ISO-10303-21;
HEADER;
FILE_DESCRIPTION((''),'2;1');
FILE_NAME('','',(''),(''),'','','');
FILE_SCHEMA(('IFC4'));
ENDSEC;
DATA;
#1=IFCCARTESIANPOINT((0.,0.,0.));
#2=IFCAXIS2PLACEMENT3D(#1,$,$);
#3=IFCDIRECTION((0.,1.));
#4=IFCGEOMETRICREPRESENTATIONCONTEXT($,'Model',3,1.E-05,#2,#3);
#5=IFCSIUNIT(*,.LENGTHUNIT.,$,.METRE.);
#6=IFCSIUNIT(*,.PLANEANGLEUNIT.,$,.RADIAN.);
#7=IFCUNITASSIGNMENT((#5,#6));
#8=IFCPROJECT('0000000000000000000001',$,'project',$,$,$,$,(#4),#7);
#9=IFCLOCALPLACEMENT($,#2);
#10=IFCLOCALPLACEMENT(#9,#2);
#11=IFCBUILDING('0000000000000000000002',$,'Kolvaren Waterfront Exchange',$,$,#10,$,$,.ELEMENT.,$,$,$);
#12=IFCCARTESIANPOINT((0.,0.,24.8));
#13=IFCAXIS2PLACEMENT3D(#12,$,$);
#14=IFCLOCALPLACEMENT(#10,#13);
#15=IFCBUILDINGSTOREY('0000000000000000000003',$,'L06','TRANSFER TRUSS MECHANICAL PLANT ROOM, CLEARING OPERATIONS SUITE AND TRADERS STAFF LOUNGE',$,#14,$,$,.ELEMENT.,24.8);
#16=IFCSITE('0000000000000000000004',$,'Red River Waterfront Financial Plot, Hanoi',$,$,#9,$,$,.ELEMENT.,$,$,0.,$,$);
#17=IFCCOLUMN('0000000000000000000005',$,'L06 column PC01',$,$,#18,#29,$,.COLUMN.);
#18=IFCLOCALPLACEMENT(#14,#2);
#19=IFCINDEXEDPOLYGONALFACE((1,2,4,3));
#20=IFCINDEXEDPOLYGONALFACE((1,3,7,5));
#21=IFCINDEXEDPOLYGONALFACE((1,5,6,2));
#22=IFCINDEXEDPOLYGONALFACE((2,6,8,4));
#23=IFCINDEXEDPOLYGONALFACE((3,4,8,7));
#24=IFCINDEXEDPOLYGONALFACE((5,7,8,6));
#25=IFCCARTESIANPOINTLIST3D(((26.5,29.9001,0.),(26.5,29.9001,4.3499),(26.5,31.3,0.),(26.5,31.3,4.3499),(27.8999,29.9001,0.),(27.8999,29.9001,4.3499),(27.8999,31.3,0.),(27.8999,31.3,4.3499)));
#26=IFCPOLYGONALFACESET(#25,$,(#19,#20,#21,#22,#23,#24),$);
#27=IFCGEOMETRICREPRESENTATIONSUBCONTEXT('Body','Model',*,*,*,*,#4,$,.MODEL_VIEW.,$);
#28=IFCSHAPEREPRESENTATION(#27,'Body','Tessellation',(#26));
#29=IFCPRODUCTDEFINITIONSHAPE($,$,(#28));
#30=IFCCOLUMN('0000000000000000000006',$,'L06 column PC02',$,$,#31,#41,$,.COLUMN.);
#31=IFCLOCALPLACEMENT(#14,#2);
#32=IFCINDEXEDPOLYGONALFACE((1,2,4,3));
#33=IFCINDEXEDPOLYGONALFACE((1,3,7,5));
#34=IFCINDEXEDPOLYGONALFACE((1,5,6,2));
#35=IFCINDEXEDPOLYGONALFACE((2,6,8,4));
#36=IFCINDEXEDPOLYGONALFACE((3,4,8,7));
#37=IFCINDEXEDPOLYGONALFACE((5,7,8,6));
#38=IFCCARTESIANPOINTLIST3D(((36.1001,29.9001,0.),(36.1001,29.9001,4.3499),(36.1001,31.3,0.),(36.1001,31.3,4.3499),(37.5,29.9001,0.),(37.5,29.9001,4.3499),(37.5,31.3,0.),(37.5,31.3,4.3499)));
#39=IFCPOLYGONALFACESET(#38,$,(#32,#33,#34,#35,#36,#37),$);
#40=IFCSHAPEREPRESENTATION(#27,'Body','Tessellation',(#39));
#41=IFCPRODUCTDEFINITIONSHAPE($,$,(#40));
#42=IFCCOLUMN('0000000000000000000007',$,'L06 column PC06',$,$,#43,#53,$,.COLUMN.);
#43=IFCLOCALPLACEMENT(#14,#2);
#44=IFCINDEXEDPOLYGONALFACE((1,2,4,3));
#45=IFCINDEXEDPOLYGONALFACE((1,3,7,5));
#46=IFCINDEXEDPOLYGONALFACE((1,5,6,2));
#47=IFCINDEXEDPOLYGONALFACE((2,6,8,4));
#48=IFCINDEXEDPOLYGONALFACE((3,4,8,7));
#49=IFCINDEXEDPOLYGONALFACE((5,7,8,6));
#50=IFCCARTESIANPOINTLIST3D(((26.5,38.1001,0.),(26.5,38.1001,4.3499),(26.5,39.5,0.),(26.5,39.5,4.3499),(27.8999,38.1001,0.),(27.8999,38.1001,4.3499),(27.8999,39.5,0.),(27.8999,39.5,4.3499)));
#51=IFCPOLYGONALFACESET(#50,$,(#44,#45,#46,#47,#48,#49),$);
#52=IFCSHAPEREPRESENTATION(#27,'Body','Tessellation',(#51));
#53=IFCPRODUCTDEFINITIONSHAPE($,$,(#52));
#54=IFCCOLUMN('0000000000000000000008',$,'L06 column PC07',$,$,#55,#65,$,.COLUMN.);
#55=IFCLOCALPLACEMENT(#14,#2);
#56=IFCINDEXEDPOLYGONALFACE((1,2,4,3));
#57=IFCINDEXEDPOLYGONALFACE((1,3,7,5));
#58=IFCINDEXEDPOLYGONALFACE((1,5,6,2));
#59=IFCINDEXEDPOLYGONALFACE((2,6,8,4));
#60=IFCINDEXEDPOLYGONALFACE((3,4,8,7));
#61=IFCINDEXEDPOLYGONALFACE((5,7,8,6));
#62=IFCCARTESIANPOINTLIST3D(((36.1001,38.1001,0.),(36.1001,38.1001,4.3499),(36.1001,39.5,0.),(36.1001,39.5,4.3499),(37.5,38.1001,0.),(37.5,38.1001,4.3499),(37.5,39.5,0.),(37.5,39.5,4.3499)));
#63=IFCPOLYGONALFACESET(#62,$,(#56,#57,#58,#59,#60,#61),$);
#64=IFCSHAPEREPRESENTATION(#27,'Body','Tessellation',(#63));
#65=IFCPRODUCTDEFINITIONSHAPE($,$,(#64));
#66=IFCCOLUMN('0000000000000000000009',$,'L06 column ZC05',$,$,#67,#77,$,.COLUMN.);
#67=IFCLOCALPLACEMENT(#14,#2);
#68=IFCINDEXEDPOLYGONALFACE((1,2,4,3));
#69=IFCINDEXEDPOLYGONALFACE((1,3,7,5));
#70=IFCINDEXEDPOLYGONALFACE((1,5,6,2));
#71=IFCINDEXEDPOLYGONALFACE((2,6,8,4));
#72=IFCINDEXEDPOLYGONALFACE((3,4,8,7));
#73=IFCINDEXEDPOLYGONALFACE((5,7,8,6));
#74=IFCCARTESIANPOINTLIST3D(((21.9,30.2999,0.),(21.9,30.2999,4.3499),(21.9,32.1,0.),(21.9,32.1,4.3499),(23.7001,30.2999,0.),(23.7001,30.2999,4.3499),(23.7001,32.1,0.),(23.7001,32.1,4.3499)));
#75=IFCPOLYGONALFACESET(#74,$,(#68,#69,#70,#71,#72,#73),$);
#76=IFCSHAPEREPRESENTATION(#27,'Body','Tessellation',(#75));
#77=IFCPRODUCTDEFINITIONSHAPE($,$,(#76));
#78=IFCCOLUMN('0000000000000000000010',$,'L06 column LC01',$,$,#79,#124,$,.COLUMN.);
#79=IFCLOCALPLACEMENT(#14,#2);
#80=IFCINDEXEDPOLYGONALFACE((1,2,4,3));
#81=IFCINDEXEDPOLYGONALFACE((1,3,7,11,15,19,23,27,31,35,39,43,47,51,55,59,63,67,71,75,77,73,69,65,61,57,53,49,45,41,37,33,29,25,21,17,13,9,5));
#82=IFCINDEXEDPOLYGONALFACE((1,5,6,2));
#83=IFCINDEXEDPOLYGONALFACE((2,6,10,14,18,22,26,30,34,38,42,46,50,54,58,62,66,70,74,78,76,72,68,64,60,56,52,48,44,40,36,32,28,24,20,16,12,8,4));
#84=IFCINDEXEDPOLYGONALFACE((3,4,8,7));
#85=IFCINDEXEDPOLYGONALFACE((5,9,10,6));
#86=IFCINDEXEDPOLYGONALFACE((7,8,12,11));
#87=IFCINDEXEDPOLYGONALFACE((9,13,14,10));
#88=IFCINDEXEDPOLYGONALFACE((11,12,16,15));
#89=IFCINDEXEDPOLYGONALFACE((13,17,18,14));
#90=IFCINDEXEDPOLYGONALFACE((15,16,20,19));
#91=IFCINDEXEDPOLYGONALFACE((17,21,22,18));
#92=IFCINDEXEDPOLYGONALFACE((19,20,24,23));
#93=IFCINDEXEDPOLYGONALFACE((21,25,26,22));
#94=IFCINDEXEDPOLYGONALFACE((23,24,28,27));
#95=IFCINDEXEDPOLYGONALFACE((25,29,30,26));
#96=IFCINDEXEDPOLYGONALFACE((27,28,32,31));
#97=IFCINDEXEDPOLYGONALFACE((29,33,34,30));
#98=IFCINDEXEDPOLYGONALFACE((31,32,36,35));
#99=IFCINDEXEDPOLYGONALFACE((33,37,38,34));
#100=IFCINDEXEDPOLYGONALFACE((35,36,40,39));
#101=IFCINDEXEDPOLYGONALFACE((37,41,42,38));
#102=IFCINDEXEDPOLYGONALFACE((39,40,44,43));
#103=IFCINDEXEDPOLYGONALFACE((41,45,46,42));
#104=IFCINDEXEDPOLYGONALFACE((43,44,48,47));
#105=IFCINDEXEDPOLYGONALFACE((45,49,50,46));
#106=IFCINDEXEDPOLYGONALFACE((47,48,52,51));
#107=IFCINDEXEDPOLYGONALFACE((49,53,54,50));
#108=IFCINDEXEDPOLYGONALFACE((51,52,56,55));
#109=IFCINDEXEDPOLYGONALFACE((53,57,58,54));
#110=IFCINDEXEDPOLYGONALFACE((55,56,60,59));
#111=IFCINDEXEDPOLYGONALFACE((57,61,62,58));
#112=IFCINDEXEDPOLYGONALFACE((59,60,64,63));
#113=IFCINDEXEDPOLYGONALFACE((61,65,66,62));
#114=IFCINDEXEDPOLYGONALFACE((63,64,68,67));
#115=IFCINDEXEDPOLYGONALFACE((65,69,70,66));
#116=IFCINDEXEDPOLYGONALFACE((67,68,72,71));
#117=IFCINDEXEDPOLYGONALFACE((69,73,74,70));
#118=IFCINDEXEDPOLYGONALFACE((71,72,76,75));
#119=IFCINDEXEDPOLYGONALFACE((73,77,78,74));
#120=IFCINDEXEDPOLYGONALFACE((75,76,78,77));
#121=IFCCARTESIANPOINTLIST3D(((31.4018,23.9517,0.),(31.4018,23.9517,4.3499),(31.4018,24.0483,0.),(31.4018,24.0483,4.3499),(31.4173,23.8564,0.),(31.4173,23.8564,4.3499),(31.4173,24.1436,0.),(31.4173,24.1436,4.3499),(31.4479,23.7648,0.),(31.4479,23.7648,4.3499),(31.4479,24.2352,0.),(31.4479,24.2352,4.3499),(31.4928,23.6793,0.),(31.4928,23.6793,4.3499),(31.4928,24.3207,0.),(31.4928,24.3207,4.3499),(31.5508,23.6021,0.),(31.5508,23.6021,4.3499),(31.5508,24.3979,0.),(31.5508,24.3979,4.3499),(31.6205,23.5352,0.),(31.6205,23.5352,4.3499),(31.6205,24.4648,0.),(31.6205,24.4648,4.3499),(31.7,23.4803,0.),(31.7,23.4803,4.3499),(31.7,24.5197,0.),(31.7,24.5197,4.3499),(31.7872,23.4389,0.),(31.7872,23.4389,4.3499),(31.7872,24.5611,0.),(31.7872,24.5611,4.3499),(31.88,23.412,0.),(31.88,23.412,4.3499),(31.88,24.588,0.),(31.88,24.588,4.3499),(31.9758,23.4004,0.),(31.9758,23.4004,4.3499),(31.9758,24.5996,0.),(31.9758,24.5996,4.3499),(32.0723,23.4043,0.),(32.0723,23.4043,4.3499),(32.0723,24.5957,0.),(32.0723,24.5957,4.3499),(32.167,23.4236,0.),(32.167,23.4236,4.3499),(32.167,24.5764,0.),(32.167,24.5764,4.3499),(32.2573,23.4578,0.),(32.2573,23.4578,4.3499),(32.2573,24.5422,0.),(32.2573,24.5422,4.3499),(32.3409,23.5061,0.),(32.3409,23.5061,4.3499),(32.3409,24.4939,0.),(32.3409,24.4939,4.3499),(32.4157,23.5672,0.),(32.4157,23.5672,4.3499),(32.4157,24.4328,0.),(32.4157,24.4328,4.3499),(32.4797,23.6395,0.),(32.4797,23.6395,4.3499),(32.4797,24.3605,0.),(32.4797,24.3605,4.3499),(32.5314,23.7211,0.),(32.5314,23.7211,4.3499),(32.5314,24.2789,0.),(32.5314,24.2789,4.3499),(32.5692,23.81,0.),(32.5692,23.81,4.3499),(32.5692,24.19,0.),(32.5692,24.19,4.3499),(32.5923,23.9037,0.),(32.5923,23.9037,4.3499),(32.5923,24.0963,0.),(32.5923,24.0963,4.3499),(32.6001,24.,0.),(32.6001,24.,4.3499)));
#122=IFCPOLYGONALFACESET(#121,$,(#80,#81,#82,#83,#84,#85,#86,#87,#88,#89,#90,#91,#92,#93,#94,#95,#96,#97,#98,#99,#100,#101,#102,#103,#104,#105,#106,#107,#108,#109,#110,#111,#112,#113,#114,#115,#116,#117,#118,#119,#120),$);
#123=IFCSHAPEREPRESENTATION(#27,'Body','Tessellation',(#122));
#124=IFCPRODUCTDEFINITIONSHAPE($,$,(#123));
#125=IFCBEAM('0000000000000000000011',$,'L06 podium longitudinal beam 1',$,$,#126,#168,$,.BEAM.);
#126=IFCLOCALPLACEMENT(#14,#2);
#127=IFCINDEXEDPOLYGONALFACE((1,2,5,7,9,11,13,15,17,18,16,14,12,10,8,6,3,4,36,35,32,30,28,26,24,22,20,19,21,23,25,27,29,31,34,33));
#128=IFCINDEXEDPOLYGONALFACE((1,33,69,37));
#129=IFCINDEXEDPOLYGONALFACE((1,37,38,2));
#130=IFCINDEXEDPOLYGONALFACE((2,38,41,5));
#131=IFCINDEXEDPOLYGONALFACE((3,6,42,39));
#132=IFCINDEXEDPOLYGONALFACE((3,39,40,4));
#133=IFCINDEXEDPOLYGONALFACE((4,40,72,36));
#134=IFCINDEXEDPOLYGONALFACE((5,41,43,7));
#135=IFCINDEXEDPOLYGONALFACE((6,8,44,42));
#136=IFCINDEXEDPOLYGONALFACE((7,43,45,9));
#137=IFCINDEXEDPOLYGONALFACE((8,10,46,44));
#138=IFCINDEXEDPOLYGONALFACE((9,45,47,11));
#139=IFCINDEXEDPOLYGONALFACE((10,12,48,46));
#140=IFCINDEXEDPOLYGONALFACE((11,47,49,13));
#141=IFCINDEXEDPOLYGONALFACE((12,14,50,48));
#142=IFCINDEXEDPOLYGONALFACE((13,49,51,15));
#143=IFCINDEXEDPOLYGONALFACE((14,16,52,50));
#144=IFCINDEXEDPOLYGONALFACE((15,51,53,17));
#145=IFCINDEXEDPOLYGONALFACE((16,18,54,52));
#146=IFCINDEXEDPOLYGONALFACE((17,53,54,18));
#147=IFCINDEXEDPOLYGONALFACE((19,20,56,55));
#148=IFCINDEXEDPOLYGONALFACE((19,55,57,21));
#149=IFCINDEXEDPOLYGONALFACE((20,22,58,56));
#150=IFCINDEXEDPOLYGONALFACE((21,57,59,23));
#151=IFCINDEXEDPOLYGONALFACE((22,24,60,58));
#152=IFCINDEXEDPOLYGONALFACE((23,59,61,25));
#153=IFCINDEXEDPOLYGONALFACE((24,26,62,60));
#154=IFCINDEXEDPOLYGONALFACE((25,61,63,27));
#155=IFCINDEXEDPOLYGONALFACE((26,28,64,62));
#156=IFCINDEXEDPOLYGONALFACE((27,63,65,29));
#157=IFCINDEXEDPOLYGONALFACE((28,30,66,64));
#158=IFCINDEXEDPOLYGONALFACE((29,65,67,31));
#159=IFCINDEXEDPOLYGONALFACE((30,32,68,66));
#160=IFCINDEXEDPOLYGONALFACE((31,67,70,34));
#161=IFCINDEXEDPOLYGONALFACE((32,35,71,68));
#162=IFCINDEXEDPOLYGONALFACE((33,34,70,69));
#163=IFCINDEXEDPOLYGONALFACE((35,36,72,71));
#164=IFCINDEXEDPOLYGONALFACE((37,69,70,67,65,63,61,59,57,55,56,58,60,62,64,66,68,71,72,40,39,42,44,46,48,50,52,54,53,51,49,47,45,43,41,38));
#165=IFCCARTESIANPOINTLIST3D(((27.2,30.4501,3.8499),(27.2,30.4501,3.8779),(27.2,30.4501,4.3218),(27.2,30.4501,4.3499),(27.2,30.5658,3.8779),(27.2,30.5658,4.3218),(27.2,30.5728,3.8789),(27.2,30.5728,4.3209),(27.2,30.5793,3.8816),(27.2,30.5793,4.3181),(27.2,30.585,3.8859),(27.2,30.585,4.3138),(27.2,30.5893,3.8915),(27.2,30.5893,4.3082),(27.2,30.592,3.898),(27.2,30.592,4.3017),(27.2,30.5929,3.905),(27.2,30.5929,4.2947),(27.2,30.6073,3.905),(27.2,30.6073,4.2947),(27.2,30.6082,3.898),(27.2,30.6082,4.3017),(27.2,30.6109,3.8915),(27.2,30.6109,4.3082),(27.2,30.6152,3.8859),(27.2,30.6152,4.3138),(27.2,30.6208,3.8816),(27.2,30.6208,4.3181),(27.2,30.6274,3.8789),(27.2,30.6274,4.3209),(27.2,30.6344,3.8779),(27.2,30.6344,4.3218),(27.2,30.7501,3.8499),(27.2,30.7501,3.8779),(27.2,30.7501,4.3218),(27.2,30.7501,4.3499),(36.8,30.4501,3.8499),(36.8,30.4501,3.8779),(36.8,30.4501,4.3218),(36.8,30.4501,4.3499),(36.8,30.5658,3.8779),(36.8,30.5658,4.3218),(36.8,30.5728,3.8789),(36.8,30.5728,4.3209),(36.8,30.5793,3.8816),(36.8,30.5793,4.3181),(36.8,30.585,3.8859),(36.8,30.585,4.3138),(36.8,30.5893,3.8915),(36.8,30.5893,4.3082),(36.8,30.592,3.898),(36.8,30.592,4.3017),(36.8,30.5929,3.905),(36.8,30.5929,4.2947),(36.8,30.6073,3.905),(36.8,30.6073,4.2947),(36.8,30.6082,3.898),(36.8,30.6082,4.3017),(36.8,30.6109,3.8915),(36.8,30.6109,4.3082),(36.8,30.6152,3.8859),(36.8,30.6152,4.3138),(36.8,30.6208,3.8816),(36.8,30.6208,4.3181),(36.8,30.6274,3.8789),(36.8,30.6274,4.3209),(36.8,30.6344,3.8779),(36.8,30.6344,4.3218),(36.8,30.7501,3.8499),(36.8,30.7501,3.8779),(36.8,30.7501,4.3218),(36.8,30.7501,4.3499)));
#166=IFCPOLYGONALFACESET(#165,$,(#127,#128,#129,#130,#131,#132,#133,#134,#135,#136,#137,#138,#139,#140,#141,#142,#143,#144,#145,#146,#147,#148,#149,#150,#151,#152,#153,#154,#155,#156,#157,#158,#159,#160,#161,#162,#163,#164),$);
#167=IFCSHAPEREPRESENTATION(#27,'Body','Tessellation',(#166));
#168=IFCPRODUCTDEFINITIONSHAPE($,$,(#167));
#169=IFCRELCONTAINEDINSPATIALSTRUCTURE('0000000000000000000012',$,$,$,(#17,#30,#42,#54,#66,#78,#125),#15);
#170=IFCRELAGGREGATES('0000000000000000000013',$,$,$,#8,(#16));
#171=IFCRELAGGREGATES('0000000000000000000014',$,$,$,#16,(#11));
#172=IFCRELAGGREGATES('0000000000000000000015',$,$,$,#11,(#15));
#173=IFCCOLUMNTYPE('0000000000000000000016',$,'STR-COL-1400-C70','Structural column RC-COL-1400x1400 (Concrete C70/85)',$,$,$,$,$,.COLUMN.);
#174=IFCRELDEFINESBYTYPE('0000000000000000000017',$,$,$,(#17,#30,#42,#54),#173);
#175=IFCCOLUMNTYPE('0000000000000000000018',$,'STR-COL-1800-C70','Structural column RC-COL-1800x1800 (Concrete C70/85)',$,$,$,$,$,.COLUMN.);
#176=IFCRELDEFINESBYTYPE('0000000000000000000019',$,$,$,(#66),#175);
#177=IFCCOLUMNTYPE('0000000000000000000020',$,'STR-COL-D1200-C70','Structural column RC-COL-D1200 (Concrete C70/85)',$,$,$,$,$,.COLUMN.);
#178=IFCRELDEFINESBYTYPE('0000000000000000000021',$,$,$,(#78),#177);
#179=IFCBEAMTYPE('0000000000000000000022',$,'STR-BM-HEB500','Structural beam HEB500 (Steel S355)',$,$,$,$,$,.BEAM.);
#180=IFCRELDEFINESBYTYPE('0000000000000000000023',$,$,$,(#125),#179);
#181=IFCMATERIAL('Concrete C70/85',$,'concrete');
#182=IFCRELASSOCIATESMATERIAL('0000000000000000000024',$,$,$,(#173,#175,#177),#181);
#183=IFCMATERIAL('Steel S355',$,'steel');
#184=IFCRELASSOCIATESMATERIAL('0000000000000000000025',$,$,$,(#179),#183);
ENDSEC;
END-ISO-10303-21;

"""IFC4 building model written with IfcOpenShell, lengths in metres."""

from ifc_helpers import new_model, si_unit, direction, frame, origin, origin_2d, place, context, subcontext, project, spatial, rectangle, circle, i_section, extrude, material, material_profile, profile_set, type_object, element, save


model = new_model("IFC4")

# Units and contexts
model_context = context("Model", 3, precision=1e-05, world=origin(), true_north=direction((0.0, 1.0)))
body_context = subcontext(model_context, "Body", "Model", "MODEL_VIEW")
ifc_project = project(units=[si_unit("LENGTHUNIT", "METRE"), si_unit("PLANEANGLEUNIT", "RADIAN")], contexts=[model_context])

# Site, building, storey
site_placement = place(None, origin())
site = spatial("IfcSite", under=ifc_project, at=site_placement, Name="Red River Waterfront Financial Plot, Hanoi", CompositionType="ELEMENT", RefElevation=0.0)
building_placement = place(site_placement, origin())
building = spatial("IfcBuilding", under=site, at=building_placement, Name="Kolvaren Waterfront Exchange", CompositionType="ELEMENT")
storey_placement = place(building_placement, frame((0.0, 0.0, 24.8)))
storey = spatial("IfcBuildingStorey", under=building, at=storey_placement, Name="L06", Description="TRANSFER TRUSS MECHANICAL PLANT ROOM, CLEARING OPERATIONS SUITE AND TRADERS STAFF LOUNGE", CompositionType="ELEMENT", Elevation=24.8)

# Columns
ifc_material_1 = material(Name="Concrete C70/85", Category="concrete")
ifc_material_profile_1 = material_profile(ifc_material_1, rectangle(XDim=1.3999, YDim=1.3999, at=origin_2d()), Name="RC-COL-1400x1400")
ifc_profile_set_1 = profile_set([ifc_material_profile_1], Name="Concrete C70/85")
column_type_1 = type_object("IfcColumnType", Name="STR-COL-1400-C70", Description="Structural column RC-COL-1400x1400 (Concrete C70/85)", PredefinedType="COLUMN", material=ifc_profile_set_1)
for number, where, z_axis, x_axis, name in (
    (1, (27.2, 30.6001, 0.0), (0.0, 0.0, 1.0), (1.0, 0.0, 0.0), "L06 column PC01"),
    (2, (36.8, 30.6001, 0.0), (0.0, 0.0, 1.0), (1.0, 0.0, 0.0), "L06 column PC02"),
    (3, (27.2, 38.8, 0.0), (0.0, 0.0, 1.0), (1.0, 0.0, 0.0), "L06 column PC06"),
    (4, (36.8, 38.8, 0.0), (0.0, 0.0, 1.0), (1.0, 0.0, 0.0), "L06 column PC07"),
):
    element("IfcColumn", number, at=place(storey_placement, frame(where, z_axis=z_axis, x_axis=x_axis)), inside=storey, type_object=column_type_1, Name=name, PredefinedType="COLUMN", context=body_context, shape_type="SweptSolid", body=[
        extrude(rectangle(XDim=1.3999, YDim=1.3999, at=origin_2d()), origin(), (0.0, 0.0, 1.0), 4.3499),
    ])
ifc_material_profile_2 = material_profile(ifc_material_1, rectangle(XDim=1.8, YDim=1.8, at=origin_2d()), Name="RC-COL-1800x1800")
ifc_profile_set_2 = profile_set([ifc_material_profile_2], Name="Concrete C70/85")
column_type_2 = type_object("IfcColumnType", Name="STR-COL-1800-C70", Description="Structural column RC-COL-1800x1800 (Concrete C70/85)", PredefinedType="COLUMN", material=ifc_profile_set_2)
column_1_placement = place(storey_placement, frame((22.8, 31.2, 0.0), z_axis=(0.0, 0.0, 1.0), x_axis=(1.0, 0.0, 0.0)))
element("IfcColumn", 5, at=column_1_placement, inside=storey, type_object=column_type_2, Name="L06 column ZC05", PredefinedType="COLUMN", context=body_context, shape_type="SweptSolid", body=[
    extrude(rectangle(XDim=1.8, YDim=1.8, at=origin_2d()), origin(), (0.0, 0.0, 1.0), 4.3499),
])
ifc_material_profile_3 = material_profile(ifc_material_1, circle(Radius=0.6001, at=origin_2d()), Name="RC-COL-D1200")
ifc_profile_set_3 = profile_set([ifc_material_profile_3], Name="Concrete C70/85")
column_type_3 = type_object("IfcColumnType", Name="STR-COL-D1200-C70", Description="Structural column RC-COL-D1200 (Concrete C70/85)", PredefinedType="COLUMN", material=ifc_profile_set_3)
column_2_placement = place(storey_placement, frame((32.0, 24.0, 0.0), z_axis=(0.0, 0.0, 1.0), x_axis=(1.0, 0.0, 0.0)))
element("IfcColumn", 6, at=column_2_placement, inside=storey, type_object=column_type_3, Name="L06 column LC01", PredefinedType="COLUMN", context=body_context, shape_type="SweptSolid", body=[
    extrude(circle(Radius=0.6001, at=origin_2d()), origin(), (0.0, 0.0, 1.0), 4.3499),
])

# Beam
ifc_material_2 = material(Name="Steel S355", Category="steel")
ifc_material_profile_4 = material_profile(ifc_material_2, i_section(OverallWidth=0.3, OverallDepth=0.5, WebThickness=0.0144, FlangeThickness=0.0281, FilletRadius=0.0271, at=origin_2d()), Name="HEB500")
ifc_profile_set_4 = profile_set([ifc_material_profile_4], Name="Steel S355")
beam_type_1 = type_object("IfcBeamType", Name="STR-BM-HEB500", Description="Structural beam HEB500 (Steel S355)", PredefinedType="BEAM", material=ifc_profile_set_4)
beam_1_placement = place(storey_placement, frame((27.2, 30.6001, 4.0999), z_axis=(1.0, 0.0, 0.0), x_axis=(0.0, 1.0, 0.0)))
element("IfcBeam", 7, at=beam_1_placement, inside=storey, type_object=beam_type_1, Name="L06 podium longitudinal beam 1", PredefinedType="BEAM", context=body_context, shape_type="SweptSolid", body=[
    extrude(i_section(OverallWidth=0.3, OverallDepth=0.5, WebThickness=0.0144, FlangeThickness=0.0281, FilletRadius=0.0271, at=origin_2d()), origin(), (0.0, 0.0, 1.0), 9.6001),
])

save(model, "model.ifc")
